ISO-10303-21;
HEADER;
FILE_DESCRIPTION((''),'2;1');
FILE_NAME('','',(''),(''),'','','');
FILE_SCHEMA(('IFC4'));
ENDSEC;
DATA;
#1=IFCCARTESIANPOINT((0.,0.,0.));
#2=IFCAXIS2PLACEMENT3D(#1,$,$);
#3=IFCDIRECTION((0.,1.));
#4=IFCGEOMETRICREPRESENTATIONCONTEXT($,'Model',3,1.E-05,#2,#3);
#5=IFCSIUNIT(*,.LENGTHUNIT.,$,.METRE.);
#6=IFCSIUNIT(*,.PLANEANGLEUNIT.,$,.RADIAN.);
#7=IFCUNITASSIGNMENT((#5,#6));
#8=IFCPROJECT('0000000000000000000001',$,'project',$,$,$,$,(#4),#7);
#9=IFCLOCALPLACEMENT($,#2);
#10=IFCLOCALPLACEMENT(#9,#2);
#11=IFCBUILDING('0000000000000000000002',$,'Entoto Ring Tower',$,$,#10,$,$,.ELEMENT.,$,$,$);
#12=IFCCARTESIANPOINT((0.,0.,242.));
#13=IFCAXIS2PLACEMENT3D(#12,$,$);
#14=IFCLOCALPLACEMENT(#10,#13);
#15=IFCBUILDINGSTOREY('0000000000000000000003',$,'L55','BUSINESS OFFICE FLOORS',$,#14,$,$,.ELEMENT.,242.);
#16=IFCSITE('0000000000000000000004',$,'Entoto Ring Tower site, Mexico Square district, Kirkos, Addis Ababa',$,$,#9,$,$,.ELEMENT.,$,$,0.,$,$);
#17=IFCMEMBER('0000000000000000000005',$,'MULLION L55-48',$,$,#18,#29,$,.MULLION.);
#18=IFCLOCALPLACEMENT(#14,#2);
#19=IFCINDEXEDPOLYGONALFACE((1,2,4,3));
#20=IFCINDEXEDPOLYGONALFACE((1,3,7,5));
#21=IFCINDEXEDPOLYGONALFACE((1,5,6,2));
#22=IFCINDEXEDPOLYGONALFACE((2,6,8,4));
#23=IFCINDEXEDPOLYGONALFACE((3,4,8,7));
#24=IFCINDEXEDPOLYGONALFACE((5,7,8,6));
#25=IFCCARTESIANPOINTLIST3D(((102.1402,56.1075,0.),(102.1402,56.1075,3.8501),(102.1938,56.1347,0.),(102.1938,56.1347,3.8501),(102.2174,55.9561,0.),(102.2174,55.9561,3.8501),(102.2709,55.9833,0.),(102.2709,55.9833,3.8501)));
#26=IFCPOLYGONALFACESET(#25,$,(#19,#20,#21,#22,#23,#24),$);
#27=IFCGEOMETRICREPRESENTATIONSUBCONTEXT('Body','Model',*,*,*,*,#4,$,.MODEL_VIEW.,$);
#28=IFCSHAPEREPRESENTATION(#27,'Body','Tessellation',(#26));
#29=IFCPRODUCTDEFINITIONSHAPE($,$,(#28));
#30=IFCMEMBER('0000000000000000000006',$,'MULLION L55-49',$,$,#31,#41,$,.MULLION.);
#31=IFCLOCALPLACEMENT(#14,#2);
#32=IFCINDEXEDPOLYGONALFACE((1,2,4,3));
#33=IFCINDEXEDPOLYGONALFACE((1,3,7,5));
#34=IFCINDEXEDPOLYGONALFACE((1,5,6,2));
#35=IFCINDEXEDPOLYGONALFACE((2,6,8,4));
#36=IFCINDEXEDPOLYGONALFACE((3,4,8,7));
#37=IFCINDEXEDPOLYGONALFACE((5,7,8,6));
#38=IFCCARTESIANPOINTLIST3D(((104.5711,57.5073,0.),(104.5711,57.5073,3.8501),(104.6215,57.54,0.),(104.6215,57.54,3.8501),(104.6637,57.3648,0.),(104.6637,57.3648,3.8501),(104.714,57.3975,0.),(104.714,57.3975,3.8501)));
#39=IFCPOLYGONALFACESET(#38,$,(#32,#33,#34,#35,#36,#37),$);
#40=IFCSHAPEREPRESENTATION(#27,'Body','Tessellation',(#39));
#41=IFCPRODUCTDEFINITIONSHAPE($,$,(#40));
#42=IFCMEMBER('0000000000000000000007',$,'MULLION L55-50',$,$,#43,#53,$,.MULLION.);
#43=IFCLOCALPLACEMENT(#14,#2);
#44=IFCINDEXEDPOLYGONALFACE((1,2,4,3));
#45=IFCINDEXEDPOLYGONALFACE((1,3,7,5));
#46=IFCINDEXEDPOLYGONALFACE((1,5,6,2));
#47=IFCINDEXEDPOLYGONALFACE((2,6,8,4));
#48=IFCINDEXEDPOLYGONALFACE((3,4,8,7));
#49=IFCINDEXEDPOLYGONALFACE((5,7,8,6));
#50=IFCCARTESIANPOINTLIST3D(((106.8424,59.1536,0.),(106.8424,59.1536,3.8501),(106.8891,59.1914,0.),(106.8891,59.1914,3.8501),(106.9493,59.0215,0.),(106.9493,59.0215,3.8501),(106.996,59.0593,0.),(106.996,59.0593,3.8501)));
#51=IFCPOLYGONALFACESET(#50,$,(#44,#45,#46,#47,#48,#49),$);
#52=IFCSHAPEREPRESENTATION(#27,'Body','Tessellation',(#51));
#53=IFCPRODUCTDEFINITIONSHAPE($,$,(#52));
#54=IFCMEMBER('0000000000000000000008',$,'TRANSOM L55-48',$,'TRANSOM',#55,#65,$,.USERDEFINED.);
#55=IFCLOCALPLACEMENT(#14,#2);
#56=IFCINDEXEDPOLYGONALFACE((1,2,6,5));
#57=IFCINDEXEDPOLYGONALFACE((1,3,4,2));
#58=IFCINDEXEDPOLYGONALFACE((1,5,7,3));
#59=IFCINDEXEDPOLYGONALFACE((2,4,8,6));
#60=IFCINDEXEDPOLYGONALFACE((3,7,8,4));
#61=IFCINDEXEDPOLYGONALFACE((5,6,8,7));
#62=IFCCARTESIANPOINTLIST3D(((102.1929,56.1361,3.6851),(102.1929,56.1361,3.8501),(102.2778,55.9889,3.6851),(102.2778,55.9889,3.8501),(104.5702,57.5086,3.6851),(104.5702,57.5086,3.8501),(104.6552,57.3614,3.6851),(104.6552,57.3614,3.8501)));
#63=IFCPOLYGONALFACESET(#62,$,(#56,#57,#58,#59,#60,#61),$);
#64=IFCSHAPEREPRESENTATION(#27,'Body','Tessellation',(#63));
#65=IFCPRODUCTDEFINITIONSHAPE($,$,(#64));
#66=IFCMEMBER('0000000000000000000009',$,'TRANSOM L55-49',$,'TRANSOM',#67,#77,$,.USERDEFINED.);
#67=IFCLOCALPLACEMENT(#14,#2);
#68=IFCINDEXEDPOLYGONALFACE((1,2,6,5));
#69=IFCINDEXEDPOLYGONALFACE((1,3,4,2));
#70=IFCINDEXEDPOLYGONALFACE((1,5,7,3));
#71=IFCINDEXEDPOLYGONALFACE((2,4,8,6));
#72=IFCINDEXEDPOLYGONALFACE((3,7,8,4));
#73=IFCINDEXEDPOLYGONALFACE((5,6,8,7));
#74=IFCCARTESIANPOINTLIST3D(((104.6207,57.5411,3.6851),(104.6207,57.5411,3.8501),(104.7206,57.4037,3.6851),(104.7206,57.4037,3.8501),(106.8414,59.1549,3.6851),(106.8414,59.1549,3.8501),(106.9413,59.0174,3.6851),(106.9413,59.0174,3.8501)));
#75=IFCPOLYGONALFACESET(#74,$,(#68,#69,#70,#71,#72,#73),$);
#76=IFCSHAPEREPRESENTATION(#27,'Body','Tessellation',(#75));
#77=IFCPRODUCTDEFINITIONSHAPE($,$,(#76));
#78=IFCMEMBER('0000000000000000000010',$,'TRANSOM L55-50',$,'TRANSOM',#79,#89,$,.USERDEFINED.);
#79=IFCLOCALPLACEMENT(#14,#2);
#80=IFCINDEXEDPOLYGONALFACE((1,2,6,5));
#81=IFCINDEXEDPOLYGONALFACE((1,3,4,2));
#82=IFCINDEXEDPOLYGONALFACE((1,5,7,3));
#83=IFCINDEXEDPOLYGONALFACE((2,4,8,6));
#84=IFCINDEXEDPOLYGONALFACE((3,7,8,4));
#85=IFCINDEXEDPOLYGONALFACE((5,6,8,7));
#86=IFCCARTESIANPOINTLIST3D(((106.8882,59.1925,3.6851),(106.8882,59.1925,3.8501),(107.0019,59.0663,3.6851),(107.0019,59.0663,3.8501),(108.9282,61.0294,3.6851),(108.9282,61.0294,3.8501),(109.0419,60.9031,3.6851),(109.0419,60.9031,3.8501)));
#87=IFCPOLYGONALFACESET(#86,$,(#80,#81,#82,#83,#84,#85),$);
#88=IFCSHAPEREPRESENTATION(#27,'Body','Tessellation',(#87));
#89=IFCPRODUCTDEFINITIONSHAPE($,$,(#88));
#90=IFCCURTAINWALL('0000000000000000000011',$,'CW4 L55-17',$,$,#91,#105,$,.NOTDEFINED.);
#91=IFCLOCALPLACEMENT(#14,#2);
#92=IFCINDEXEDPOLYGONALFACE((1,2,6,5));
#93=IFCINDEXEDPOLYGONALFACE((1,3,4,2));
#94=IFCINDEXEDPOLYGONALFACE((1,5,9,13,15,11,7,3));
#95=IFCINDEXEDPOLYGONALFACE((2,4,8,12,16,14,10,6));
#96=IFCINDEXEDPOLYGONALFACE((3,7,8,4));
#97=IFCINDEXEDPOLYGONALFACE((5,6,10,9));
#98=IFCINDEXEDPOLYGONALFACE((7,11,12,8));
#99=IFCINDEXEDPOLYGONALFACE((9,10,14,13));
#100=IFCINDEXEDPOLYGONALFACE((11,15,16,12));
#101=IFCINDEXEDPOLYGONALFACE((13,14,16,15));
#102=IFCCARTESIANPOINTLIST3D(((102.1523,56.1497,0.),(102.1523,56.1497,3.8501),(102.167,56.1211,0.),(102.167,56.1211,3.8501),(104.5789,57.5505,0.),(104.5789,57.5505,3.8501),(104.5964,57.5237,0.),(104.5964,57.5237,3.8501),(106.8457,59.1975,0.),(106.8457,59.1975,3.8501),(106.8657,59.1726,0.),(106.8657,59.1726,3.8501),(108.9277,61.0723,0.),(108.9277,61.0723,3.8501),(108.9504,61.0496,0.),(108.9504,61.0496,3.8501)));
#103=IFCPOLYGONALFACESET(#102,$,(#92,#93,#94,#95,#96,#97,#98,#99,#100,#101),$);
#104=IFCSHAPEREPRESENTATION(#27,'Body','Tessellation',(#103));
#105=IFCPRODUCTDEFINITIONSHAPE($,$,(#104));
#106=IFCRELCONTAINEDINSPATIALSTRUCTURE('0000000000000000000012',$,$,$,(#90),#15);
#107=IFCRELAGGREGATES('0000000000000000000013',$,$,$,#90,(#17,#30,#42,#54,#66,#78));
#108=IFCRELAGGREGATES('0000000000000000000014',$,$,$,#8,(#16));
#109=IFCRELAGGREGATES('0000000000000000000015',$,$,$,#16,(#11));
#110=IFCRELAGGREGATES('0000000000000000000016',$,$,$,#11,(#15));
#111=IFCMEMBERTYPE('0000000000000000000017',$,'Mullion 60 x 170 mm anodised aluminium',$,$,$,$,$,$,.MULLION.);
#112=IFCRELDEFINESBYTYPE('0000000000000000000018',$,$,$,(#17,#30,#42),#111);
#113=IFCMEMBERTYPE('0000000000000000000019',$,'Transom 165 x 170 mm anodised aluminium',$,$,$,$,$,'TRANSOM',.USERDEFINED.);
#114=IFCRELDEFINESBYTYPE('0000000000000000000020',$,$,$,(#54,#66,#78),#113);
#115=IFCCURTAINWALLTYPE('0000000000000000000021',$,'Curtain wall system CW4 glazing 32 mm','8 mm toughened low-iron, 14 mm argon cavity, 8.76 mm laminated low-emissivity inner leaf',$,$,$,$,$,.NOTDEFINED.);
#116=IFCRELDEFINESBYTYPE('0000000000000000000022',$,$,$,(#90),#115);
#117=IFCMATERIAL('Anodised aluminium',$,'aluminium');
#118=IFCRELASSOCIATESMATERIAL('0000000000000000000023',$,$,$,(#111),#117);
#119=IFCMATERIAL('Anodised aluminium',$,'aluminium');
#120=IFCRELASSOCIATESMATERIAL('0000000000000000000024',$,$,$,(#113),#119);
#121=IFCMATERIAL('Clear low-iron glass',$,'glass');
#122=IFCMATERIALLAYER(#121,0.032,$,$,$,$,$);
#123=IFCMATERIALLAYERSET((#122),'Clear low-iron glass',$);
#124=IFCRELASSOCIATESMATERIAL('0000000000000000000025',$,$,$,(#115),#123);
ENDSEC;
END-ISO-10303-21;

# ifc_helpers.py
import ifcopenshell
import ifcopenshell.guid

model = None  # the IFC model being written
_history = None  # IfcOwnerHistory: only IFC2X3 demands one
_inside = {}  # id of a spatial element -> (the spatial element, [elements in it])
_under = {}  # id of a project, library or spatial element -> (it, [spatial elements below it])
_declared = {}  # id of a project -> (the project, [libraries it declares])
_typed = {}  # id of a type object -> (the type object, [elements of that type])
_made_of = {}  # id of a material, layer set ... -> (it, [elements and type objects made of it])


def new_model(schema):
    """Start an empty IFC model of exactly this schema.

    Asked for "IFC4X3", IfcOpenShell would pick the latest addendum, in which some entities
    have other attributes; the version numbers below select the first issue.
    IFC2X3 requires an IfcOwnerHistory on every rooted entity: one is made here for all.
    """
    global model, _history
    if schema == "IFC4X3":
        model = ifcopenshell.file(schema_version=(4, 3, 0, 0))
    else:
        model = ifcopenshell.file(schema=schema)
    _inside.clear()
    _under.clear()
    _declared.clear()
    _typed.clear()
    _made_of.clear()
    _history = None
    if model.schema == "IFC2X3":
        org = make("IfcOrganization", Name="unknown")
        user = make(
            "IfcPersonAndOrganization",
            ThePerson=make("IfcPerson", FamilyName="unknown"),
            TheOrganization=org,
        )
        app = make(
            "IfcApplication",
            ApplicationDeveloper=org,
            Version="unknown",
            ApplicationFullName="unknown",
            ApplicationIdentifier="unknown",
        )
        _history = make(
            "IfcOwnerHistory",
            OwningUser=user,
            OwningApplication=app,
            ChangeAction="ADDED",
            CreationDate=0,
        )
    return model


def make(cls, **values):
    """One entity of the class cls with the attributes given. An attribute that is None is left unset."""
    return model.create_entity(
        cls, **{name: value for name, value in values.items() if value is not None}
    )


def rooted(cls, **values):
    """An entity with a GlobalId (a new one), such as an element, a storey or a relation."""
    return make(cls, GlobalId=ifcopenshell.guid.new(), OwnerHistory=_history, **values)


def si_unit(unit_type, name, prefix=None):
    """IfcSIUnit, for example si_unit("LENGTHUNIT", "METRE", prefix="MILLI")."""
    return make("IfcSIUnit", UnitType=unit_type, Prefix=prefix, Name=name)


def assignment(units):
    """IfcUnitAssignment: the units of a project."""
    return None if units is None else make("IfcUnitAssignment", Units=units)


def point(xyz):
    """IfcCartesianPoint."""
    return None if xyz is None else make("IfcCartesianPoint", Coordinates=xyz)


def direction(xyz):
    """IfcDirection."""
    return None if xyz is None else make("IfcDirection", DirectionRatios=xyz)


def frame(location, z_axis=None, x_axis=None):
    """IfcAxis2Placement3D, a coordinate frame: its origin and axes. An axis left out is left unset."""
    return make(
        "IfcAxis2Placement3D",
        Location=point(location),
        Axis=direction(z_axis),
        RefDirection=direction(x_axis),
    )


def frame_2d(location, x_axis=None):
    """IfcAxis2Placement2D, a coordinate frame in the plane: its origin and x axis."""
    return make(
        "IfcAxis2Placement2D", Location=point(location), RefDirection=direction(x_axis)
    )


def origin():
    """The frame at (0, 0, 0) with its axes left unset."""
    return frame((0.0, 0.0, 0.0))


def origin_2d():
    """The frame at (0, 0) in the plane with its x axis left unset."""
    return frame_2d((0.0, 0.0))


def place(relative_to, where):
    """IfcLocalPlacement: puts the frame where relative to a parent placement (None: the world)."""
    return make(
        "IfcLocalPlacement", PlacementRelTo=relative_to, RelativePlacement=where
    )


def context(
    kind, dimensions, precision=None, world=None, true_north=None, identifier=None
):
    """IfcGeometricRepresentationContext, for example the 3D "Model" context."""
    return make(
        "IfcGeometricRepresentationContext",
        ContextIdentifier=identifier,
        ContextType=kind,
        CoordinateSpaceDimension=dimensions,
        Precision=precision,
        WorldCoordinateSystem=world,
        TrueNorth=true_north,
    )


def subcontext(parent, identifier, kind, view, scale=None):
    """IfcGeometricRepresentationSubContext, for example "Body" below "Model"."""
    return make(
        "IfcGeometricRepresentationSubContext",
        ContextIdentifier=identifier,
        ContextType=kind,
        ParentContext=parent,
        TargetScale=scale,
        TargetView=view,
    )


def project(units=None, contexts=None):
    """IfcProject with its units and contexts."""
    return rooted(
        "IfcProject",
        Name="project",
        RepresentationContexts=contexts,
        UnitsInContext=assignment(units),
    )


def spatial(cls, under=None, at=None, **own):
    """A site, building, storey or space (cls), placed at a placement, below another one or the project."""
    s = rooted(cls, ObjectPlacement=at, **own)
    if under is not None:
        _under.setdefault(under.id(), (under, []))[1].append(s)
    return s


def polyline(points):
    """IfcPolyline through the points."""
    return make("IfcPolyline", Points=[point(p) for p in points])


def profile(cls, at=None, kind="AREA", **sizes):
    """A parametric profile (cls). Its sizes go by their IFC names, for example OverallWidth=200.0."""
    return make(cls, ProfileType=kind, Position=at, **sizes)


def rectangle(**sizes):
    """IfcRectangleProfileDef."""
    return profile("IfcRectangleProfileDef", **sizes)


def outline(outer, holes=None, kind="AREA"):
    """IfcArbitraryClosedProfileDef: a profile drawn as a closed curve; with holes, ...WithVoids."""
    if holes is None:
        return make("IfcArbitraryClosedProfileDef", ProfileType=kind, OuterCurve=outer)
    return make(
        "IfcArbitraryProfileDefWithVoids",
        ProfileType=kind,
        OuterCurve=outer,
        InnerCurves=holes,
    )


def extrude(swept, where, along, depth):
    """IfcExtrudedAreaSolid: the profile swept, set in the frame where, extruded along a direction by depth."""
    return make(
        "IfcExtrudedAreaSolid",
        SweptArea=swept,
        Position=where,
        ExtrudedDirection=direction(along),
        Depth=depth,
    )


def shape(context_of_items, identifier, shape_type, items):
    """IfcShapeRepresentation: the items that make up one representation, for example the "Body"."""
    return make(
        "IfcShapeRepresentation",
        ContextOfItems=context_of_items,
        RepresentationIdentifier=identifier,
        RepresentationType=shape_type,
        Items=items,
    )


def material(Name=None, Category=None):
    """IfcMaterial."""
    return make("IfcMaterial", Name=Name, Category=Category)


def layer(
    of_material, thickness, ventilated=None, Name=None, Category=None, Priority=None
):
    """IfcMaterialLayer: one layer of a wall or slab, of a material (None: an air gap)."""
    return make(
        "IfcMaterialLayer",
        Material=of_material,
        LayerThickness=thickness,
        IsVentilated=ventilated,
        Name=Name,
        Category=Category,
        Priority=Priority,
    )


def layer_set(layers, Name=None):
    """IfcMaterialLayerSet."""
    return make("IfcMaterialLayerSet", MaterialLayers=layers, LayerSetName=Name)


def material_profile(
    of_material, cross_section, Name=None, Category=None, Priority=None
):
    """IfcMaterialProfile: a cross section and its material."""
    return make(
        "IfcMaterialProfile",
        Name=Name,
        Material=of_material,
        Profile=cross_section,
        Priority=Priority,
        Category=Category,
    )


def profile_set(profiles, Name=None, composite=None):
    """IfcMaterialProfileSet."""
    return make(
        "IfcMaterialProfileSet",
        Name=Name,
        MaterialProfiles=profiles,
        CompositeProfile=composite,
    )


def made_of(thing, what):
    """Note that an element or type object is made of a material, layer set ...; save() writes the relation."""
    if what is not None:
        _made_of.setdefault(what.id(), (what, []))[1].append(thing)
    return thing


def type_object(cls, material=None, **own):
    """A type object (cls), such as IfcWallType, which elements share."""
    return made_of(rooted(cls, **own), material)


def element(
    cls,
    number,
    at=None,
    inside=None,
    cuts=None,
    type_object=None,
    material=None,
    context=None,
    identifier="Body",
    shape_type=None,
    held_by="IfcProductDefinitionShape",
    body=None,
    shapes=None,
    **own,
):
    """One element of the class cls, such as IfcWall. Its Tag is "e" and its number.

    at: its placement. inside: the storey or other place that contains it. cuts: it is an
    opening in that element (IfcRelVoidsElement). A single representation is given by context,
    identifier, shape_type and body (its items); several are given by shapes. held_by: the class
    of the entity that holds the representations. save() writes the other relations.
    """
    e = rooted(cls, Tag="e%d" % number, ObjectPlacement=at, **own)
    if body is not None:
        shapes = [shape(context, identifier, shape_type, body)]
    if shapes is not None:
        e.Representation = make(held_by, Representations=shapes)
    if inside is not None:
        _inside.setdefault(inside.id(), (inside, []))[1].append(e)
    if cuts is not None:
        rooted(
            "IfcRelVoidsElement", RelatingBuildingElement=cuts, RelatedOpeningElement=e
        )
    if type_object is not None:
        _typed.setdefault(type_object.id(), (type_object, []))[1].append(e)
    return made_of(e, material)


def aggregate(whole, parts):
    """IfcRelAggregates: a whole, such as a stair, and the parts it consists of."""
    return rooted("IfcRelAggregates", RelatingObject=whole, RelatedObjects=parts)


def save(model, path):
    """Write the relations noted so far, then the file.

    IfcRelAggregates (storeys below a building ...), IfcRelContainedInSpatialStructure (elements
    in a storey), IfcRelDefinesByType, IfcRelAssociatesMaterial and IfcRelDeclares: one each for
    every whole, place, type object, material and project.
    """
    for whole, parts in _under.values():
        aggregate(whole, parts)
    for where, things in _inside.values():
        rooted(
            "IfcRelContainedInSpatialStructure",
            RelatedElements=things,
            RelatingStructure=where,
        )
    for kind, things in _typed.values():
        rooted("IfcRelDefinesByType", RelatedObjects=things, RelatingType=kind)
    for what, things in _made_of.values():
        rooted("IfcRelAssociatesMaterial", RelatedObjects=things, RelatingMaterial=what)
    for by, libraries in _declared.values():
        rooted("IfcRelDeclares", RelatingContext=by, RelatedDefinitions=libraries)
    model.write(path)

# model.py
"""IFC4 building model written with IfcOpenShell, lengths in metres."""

from ifc_helpers import new_model, si_unit, direction, frame, origin, origin_2d, place, context, subcontext, project, spatial, polyline, rectangle, outline, extrude, material, layer, layer_set, material_profile, profile_set, type_object, element, aggregate, save


model = new_model("IFC4")

# Units and contexts
model_context = context("Model", 3, precision=1e-05, world=origin(), true_north=direction((0.0, 1.0)))
body_context = subcontext(model_context, "Body", "Model", "MODEL_VIEW")
ifc_project = project(units=[si_unit("LENGTHUNIT", "METRE"), si_unit("PLANEANGLEUNIT", "RADIAN")], contexts=[model_context])

# Members
ifc_material_1 = material(Name="Anodised aluminium", Category="aluminium")
ifc_material_profile_1 = material_profile(ifc_material_1, rectangle(XDim=0.0601, YDim=0.1699, at=origin_2d()), Name="Mullion 60 x 170 mm anodised aluminium")
ifc_profile_set_1 = profile_set([ifc_material_profile_1], Name="Anodised aluminium")
member_type_1 = type_object("IfcMemberType", Name="Mullion 60 x 170 mm anodised aluminium", PredefinedType="MULLION", material=ifc_profile_set_1)
site_placement = place(None, origin())
building_placement = place(site_placement, origin())
storey_placement = place(building_placement, frame((0.0, 0.0, 242.0)))
member_1_placement = place(storey_placement, frame((102.2056, 56.0454, 0.0), z_axis=(0.0, 0.0, 1.0), x_axis=(0.891007, 0.45399, 0.0)))
member_1 = element("IfcMember", 1, at=member_1_placement, type_object=member_type_1, Name="MULLION L55-48", PredefinedType="MULLION", context=body_context, shape_type="SweptSolid", body=[
    extrude(rectangle(XDim=0.0601, YDim=0.1699, at=origin_2d()), origin(), (0.0, 0.0, 1.0), 3.8501),
])
member_2_placement = place(storey_placement, frame((104.6426, 57.4524, 0.0), z_axis=(0.0, 0.0, 1.0), x_axis=(0.838671, 0.544639, 0.0)))
member_2 = element("IfcMember", 2, at=member_2_placement, type_object=member_type_1, Name="MULLION L55-49", PredefinedType="MULLION", context=body_context, shape_type="SweptSolid", body=[
    extrude(rectangle(XDim=0.0601, YDim=0.1699, at=origin_2d()), origin(), (0.0, 0.0, 1.0), 3.8501),
])
member_3_placement = place(storey_placement, frame((106.9192, 59.1064, 0.0), z_axis=(0.0, 0.0, 1.0), x_axis=(0.777146, 0.62932, 0.0)))
member_3 = element("IfcMember", 3, at=member_3_placement, type_object=member_type_1, Name="MULLION L55-50", PredefinedType="MULLION", context=body_context, shape_type="SweptSolid", body=[
    extrude(rectangle(XDim=0.0601, YDim=0.1699, at=origin_2d()), origin(), (0.0, 0.0, 1.0), 3.8501),
])
ifc_material_2 = material(Name="Anodised aluminium", Category="aluminium")
ifc_material_profile_2 = material_profile(ifc_material_2, rectangle(XDim=0.1699, YDim=0.165, at=origin_2d()), Name="Transom 165 x 170 mm anodised aluminium")
ifc_profile_set_2 = profile_set([ifc_material_profile_2], Name="Anodised aluminium")
member_type_2 = type_object("IfcMemberType", Name="Transom 165 x 170 mm anodised aluminium", ElementType="TRANSOM", PredefinedType="USERDEFINED", material=ifc_profile_set_2)
member_4_placement = place(storey_placement, frame((102.2354, 56.0625, 3.7676), z_axis=(0.866035, 0.499984, 0.0), x_axis=(-0.499984, 0.866035, 0.0)))
member_4 = element("IfcMember", 4, at=member_4_placement, type_object=member_type_2, Name="TRANSOM L55-48", ObjectType="TRANSOM", PredefinedType="USERDEFINED", context=body_context, shape_type="SweptSolid", body=[
    extrude(rectangle(XDim=0.1699, YDim=0.165, at=origin_2d()), origin(), (0.0, 0.0, 1.0), 2.7451),
])
member_5_placement = place(storey_placement, frame((104.6707, 57.4724, 3.7676), z_axis=(0.808959, 0.587865, 0.0), x_axis=(-0.587865, 0.808959, 0.0)))
member_5 = element("IfcMember", 5, at=member_5_placement, type_object=member_type_2, Name="TRANSOM L55-49", ObjectType="TRANSOM", PredefinedType="USERDEFINED", context=body_context, shape_type="SweptSolid", body=[
    extrude(rectangle(XDim=0.1699, YDim=0.165, at=origin_2d()), origin(), (0.0, 0.0, 1.0), 2.7451),
])
member_6_placement = place(storey_placement, frame((106.9451, 59.1294, 3.7676), z_axis=(0.743135, 0.669142, 0.0), x_axis=(-0.669142, 0.743135, 0.0)))
member_6 = element("IfcMember", 6, at=member_6_placement, type_object=member_type_2, Name="TRANSOM L55-50", ObjectType="TRANSOM", PredefinedType="USERDEFINED", context=body_context, shape_type="SweptSolid", body=[
    extrude(rectangle(XDim=0.1699, YDim=0.165, at=origin_2d()), origin(), (0.0, 0.0, 1.0), 2.7451),
])

# Site, building, storey
site = spatial("IfcSite", under=ifc_project, at=site_placement, Name="Entoto Ring Tower site, Mexico Square district, Kirkos, Addis Ababa", CompositionType="ELEMENT", RefElevation=0.0)
building = spatial("IfcBuilding", under=site, at=building_placement, Name="Entoto Ring Tower", CompositionType="ELEMENT")
storey = spatial("IfcBuildingStorey", under=building, at=storey_placement, Name="L55", Description="BUSINESS OFFICE FLOORS", CompositionType="ELEMENT", Elevation=242.0)

# Curtain wall
ifc_material_3 = material(Name="Clear low-iron glass", Category="glass")
ifc_layer_1 = layer(ifc_material_3, 0.032)
ifc_layer_set_1 = layer_set([ifc_layer_1], Name="Clear low-iron glass")
curtain_wall_type = type_object("IfcCurtainWallType", Name="Curtain wall system CW4 glazing 32 mm", Description="8 mm toughened low-iron, 14 mm argon cavity, 8.76 mm laminated low-emissivity inner leaf", PredefinedType="NOTDEFINED", material=ifc_layer_set_1)
curtain_wall_1_placement = place(storey_placement, origin())
curtain_wall_1 = element("IfcCurtainWall", 7, at=curtain_wall_1_placement, inside=storey, type_object=curtain_wall_type, Name="CW4 L55-17", PredefinedType="NOTDEFINED", context=body_context, shape_type="SweptSolid", body=[
    extrude(outline(polyline([(102.167, 56.1211), (104.5964, 57.5237), (106.8657, 59.1726), (108.9504, 61.0496), (108.9277, 61.0723), (106.8457, 59.1975), (104.5789, 57.5505), (102.1523, 56.1497), (102.167, 56.1211)])), origin(), (0.0, 0.0, 1.0), 3.8501),
])
aggregate(curtain_wall_1, [member_1, member_2, member_3, member_4, member_5, member_6])

save(model, "model.ifc")
